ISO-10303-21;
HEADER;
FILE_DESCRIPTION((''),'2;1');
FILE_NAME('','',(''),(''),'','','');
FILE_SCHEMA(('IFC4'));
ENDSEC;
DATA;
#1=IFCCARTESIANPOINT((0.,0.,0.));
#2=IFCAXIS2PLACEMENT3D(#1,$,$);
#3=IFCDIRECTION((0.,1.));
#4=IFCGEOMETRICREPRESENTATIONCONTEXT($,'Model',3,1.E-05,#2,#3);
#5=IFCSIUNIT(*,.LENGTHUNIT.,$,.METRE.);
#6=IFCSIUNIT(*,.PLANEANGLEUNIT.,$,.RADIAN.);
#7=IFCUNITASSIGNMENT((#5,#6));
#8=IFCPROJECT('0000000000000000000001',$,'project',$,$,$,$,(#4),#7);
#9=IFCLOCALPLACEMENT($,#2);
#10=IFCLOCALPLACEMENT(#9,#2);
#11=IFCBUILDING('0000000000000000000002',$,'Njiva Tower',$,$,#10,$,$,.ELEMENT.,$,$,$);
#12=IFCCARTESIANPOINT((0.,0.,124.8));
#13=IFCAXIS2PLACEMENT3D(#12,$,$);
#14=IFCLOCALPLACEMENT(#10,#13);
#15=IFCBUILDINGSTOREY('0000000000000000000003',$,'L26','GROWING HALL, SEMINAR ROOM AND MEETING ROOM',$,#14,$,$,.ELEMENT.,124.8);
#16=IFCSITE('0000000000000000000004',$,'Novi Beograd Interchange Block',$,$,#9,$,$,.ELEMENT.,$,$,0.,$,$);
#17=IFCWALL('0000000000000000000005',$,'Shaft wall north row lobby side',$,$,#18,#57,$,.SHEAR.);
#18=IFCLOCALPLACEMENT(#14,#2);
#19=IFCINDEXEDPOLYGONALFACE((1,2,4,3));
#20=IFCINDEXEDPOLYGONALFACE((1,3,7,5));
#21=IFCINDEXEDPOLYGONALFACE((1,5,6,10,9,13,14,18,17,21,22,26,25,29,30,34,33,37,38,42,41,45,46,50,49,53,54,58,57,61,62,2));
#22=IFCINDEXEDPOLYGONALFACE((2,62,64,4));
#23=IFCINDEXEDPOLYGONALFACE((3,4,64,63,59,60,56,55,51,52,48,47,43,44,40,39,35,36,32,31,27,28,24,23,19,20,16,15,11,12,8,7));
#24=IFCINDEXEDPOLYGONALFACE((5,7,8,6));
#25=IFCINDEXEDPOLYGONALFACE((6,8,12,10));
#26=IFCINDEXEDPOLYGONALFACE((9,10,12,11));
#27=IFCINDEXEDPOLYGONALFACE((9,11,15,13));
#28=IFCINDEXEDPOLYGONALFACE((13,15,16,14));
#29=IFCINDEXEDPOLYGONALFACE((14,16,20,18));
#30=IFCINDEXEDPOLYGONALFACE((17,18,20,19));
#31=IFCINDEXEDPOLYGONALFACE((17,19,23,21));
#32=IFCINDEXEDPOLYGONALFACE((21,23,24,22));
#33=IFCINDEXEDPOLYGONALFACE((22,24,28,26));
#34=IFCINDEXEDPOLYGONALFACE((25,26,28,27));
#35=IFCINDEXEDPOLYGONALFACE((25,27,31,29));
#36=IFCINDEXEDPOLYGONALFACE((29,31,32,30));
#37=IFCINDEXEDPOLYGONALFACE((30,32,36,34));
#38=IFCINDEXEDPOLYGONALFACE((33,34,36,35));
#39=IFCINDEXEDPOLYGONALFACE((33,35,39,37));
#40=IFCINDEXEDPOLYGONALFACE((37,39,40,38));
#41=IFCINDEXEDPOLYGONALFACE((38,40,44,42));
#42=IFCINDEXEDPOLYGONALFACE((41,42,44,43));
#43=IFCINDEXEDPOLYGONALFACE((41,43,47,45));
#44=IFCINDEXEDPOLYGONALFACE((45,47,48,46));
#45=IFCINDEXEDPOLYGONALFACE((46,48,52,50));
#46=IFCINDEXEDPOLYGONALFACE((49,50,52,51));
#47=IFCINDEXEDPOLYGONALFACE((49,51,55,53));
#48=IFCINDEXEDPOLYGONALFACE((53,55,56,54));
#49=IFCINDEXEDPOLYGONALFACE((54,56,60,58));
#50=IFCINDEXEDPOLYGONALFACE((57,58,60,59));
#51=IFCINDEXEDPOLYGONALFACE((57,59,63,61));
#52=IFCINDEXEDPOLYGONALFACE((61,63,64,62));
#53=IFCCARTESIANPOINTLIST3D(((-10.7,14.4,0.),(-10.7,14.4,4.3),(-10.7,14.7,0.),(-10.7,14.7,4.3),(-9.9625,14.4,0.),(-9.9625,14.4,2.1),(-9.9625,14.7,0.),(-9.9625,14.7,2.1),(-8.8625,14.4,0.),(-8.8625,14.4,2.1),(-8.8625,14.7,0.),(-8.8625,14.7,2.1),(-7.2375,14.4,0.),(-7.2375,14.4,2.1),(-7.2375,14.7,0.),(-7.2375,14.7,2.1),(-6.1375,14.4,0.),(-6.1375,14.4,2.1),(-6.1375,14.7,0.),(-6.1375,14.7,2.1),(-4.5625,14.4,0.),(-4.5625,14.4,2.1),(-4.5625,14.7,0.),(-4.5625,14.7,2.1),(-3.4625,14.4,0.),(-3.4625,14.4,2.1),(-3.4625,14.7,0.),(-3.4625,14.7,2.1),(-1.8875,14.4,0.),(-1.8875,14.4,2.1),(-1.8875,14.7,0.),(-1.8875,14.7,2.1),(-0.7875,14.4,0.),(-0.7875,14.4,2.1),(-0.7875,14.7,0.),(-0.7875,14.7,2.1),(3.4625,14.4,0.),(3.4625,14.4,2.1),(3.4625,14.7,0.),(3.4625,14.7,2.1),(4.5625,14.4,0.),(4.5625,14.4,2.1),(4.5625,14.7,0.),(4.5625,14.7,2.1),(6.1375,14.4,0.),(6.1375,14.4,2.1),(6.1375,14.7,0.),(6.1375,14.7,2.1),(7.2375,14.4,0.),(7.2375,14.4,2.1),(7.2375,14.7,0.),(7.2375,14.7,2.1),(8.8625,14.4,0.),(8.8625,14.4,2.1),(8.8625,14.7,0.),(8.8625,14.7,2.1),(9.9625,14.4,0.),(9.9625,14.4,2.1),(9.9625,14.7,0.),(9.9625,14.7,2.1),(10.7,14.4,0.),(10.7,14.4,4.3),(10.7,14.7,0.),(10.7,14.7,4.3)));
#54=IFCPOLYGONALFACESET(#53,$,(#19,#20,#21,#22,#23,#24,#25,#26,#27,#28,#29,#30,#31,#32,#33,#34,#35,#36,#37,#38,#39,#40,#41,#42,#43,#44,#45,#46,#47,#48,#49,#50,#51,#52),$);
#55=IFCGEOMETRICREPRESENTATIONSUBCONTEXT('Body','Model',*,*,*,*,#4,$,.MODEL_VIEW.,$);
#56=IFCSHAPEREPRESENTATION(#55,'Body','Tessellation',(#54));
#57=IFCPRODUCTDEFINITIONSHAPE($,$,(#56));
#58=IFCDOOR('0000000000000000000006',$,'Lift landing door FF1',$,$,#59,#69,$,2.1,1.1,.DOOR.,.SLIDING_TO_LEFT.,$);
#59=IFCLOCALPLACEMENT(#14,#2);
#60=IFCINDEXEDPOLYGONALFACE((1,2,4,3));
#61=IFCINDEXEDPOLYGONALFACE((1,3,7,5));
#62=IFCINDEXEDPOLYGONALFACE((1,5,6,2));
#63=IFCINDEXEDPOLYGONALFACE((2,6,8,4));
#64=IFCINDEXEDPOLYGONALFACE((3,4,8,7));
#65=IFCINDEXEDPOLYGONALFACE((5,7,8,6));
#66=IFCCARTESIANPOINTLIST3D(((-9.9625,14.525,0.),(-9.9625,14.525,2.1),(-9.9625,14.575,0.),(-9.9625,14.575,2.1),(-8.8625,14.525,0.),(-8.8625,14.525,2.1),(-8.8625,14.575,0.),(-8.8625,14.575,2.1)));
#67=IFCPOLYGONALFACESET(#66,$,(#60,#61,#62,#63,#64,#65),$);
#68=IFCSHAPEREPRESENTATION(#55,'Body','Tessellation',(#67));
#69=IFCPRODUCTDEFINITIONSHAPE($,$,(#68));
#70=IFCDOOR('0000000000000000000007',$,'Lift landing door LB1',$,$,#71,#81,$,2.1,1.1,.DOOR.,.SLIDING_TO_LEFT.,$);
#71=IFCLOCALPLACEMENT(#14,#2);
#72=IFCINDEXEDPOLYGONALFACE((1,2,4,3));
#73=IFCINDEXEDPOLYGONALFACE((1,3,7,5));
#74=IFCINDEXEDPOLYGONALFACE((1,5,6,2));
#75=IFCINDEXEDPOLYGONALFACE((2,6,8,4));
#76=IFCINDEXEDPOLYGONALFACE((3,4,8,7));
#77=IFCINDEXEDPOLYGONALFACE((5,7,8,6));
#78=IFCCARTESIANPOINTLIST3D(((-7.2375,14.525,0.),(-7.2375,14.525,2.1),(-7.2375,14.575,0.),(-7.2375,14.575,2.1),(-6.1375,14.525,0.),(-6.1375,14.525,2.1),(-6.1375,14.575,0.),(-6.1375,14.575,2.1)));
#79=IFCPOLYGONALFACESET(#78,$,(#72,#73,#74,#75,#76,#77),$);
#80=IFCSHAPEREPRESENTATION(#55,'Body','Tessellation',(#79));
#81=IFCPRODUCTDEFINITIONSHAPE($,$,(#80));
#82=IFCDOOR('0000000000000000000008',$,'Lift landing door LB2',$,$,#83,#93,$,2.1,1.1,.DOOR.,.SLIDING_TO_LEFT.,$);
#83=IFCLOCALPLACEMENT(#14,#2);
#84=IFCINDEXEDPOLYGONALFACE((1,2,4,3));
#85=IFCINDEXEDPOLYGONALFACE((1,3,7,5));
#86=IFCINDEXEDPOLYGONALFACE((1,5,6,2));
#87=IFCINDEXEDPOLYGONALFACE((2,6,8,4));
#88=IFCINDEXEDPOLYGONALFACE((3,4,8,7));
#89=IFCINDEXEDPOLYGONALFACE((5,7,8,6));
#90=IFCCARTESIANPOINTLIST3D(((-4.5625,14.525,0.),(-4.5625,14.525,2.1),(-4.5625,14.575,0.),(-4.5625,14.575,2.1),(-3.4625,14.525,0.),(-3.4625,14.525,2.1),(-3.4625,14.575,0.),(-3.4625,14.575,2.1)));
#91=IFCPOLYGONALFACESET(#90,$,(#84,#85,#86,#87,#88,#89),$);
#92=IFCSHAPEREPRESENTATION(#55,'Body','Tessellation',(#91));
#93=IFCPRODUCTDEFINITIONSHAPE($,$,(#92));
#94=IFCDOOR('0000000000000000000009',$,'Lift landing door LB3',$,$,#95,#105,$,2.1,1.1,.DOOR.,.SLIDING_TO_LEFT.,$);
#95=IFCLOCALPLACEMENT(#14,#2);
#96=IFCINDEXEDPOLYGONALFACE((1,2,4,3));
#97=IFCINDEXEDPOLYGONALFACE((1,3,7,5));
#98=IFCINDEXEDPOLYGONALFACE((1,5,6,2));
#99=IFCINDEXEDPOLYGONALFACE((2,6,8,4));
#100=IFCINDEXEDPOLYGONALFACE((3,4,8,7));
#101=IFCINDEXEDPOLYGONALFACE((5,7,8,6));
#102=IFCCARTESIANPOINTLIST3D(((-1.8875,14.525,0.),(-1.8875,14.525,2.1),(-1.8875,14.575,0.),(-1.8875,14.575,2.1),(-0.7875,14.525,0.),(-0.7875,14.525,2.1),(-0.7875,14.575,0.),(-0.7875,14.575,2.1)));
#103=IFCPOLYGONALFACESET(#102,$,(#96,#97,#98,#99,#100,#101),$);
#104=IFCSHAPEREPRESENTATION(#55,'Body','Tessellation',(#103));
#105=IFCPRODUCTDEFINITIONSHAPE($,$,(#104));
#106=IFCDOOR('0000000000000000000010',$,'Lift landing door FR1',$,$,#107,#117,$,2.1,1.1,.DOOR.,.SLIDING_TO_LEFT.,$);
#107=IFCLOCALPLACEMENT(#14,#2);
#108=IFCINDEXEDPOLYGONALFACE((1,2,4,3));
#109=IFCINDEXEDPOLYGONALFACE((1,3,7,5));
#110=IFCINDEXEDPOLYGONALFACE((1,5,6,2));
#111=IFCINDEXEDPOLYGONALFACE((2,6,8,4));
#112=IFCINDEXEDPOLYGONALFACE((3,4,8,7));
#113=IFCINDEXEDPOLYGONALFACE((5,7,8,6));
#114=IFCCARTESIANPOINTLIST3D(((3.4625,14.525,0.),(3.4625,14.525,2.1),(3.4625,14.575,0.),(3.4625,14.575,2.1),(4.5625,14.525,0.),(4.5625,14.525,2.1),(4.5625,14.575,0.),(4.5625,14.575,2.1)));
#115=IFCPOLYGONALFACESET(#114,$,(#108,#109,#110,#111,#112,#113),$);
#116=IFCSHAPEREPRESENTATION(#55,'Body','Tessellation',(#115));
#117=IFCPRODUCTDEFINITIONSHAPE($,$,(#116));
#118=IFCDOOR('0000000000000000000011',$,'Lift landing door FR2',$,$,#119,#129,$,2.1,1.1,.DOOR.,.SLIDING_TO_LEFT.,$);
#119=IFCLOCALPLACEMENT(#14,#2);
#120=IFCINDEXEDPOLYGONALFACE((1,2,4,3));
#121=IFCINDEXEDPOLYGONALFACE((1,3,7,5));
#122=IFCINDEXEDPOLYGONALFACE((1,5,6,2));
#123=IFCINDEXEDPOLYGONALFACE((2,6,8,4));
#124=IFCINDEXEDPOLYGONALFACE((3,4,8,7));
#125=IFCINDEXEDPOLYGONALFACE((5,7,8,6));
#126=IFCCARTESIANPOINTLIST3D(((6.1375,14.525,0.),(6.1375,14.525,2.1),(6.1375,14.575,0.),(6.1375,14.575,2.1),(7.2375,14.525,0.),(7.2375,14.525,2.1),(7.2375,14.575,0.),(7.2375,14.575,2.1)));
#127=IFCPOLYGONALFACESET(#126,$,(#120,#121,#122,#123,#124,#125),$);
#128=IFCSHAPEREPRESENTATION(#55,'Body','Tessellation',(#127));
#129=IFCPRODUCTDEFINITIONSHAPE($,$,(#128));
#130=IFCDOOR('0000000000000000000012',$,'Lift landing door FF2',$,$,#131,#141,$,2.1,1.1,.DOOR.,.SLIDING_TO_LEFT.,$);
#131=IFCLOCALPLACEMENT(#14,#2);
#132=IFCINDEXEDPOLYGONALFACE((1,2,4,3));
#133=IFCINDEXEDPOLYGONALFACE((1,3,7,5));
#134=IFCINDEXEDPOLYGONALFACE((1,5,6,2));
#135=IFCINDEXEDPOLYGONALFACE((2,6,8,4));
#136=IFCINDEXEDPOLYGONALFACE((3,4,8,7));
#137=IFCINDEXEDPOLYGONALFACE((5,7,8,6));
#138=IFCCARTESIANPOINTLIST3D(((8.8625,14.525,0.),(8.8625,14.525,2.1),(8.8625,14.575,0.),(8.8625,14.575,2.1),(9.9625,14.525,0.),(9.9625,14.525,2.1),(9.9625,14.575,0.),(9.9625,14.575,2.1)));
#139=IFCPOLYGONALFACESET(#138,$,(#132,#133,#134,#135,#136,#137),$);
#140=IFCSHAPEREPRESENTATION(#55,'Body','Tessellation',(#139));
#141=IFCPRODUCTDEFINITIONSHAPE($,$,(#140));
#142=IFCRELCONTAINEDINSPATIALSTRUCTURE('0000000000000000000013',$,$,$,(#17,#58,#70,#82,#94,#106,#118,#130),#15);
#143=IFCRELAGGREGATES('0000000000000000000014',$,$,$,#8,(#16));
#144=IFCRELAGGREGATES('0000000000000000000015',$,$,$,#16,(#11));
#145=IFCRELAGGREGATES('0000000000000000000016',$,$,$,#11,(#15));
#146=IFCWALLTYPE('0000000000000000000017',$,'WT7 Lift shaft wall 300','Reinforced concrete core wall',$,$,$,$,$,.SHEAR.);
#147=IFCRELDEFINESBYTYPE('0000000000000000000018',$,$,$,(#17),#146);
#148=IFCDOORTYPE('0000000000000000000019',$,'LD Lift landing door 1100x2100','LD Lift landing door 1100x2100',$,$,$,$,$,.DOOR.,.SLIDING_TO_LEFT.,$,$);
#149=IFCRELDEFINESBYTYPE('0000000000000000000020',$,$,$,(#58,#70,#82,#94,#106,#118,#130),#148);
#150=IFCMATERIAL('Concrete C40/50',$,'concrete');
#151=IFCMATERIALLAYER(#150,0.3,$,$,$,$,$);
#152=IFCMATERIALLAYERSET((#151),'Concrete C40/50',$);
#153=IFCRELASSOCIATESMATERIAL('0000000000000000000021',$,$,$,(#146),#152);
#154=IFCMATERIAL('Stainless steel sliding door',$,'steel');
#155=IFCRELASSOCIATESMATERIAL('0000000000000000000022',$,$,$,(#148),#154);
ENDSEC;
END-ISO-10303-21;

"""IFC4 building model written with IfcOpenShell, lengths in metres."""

from ifc_helpers import new_model, si_unit, direction, frame, frame_2d, origin, place, context, subcontext, project, spatial, rectangle, extrude, material, layer, layer_set, type_object, element, fill, save


model = new_model("IFC4")

# Units and contexts
model_context = context("Model", 3, precision=1e-05, world=origin(), true_north=direction((0.0, 1.0)))
body_context = subcontext(model_context, "Body", "Model", "MODEL_VIEW")
ifc_project = project(units=[si_unit("LENGTHUNIT", "METRE"), si_unit("PLANEANGLEUNIT", "RADIAN")], contexts=[model_context])

# Site, building, storey
site_placement = place(None, origin())
site = spatial("IfcSite", under=ifc_project, at=site_placement, Name="Novi Beograd Interchange Block", CompositionType="ELEMENT", RefElevation=0.0)
building_placement = place(site_placement, origin())
building = spatial("IfcBuilding", under=site, at=building_placement, Name="Njiva Tower", CompositionType="ELEMENT")
storey_placement = place(building_placement, frame((0.0, 0.0, 124.8)))
storey = spatial("IfcBuildingStorey", under=building, at=storey_placement, Name="L26", Description="GROWING HALL, SEMINAR ROOM AND MEETING ROOM", CompositionType="ELEMENT", Elevation=124.8)

# Shared definitions
ifc_material_1 = material(Name="Concrete C40/50", Category="concrete")

# Wall, openings, doors
ifc_layer_1 = layer(ifc_material_1, 0.3)
ifc_layer_set_1 = layer_set([ifc_layer_1], Name="Concrete C40/50")
wall_type_1 = type_object("IfcWallType", Name="WT7 Lift shaft wall 300", Description="Reinforced concrete core wall", PredefinedType="SHEAR", material=ifc_layer_set_1)
wall_1_placement = place(storey_placement, frame((-10.7, 14.55, 0.0), z_axis=(0.0, 0.0, 1.0), x_axis=(1.0, 0.0, 0.0)))
wall_1 = element("IfcWall", 1, at=wall_1_placement, inside=storey, type_object=wall_type_1, Name="Shaft wall north row lobby side", PredefinedType="SHEAR", context=body_context, shape_type="SweptSolid", body=[
    extrude(rectangle(XDim=21.4, YDim=0.3, at=frame_2d((10.7, 0.0))), origin(), (0.0, 0.0, 1.0), 4.3),
])
opening_1_placement = place(wall_1_placement, frame((0.7375, 0.0, 0.0)))
opening_1 = element("IfcOpeningElement", 2, at=opening_1_placement, cuts=wall_1, PredefinedType="OPENING", context=body_context, shape_type="SweptSolid", body=[
    extrude(rectangle(XDim=1.1, YDim=2.1, at=frame_2d((0.55, 1.05))), frame((0.0, 0.16, 0.0), z_axis=(0.0, -1.0, 0.0), x_axis=(1.0, 0.0, 0.0)), (0.0, 0.0, 1.0), 0.32),
])
opening_2_placement = place(wall_1_placement, frame((3.4625, 0.0, 0.0)))
opening_2 = element("IfcOpeningElement", 3, at=opening_2_placement, cuts=wall_1, PredefinedType="OPENING", context=body_context, shape_type="SweptSolid", body=[
    extrude(rectangle(XDim=1.1, YDim=2.1, at=frame_2d((0.55, 1.05))), frame((0.0, 0.16, 0.0), z_axis=(0.0, -1.0, 0.0), x_axis=(1.0, 0.0, 0.0)), (0.0, 0.0, 1.0), 0.32),
])
opening_3_placement = place(wall_1_placement, frame((6.1375, 0.0, 0.0)))
opening_3 = element("IfcOpeningElement", 4, at=opening_3_placement, cuts=wall_1, PredefinedType="OPENING", context=body_context, shape_type="SweptSolid", body=[
    extrude(rectangle(XDim=1.1, YDim=2.1, at=frame_2d((0.55, 1.05))), frame((0.0, 0.16, 0.0), z_axis=(0.0, -1.0, 0.0), x_axis=(1.0, 0.0, 0.0)), (0.0, 0.0, 1.0), 0.32),
])
opening_4_placement = place(wall_1_placement, frame((8.8125, 0.0, 0.0)))
opening_4 = element("IfcOpeningElement", 5, at=opening_4_placement, cuts=wall_1, PredefinedType="OPENING", context=body_context, shape_type="SweptSolid", body=[
    extrude(rectangle(XDim=1.1, YDim=2.1, at=frame_2d((0.55, 1.05))), frame((0.0, 0.16, 0.0), z_axis=(0.0, -1.0, 0.0), x_axis=(1.0, 0.0, 0.0)), (0.0, 0.0, 1.0), 0.32),
])
opening_5_placement = place(wall_1_placement, frame((14.1625, 0.0, 0.0)))
opening_5 = element("IfcOpeningElement", 6, at=opening_5_placement, cuts=wall_1, PredefinedType="OPENING", context=body_context, shape_type="SweptSolid", body=[
    extrude(rectangle(XDim=1.1, YDim=2.1, at=frame_2d((0.55, 1.05))), frame((0.0, 0.16, 0.0), z_axis=(0.0, -1.0, 0.0), x_axis=(1.0, 0.0, 0.0)), (0.0, 0.0, 1.0), 0.32),
])
opening_6_placement = place(wall_1_placement, frame((16.8375, 0.0, 0.0)))
opening_6 = element("IfcOpeningElement", 7, at=opening_6_placement, cuts=wall_1, PredefinedType="OPENING", context=body_context, shape_type="SweptSolid", body=[
    extrude(rectangle(XDim=1.1, YDim=2.1, at=frame_2d((0.55, 1.05))), frame((0.0, 0.16, 0.0), z_axis=(0.0, -1.0, 0.0), x_axis=(1.0, 0.0, 0.0)), (0.0, 0.0, 1.0), 0.32),
])
opening_7_placement = place(wall_1_placement, frame((19.5625, 0.0, 0.0)))
opening_7 = element("IfcOpeningElement", 8, at=opening_7_placement, cuts=wall_1, PredefinedType="OPENING", context=body_context, shape_type="SweptSolid", body=[
    extrude(rectangle(XDim=1.1, YDim=2.1, at=frame_2d((0.55, 1.05))), frame((0.0, 0.16, 0.0), z_axis=(0.0, -1.0, 0.0), x_axis=(1.0, 0.0, 0.0)), (0.0, 0.0, 1.0), 0.32),
])
ifc_material_2 = material(Name="Stainless steel sliding door", Category="steel")
door_type_1 = type_object("IfcDoorType", Name="LD Lift landing door 1100x2100", Description="LD Lift landing door 1100x2100", OperationType="SLIDING_TO_LEFT", PredefinedType="DOOR", material=ifc_material_2)
door_1_placement = place(opening_1_placement, origin())
door_1 = element("IfcDoor", 9, at=door_1_placement, inside=storey, type_object=door_type_1, Name="Lift landing door FF1", OperationType="SLIDING_TO_LEFT", OverallHeight=2.1, OverallWidth=1.1, PredefinedType="DOOR", context=body_context, shape_type="SweptSolid", body=[
    extrude(rectangle(XDim=1.1, YDim=2.1, at=frame_2d((0.55, 1.05))), frame((0.0, 0.025, 0.0), z_axis=(0.0, -1.0, 0.0), x_axis=(1.0, 0.0, 0.0)), (0.0, 0.0, 1.0), 0.05),
])
fill(opening_1, door_1)
door_2_placement = place(opening_2_placement, origin())
door_2 = element("IfcDoor", 10, at=door_2_placement, inside=storey, type_object=door_type_1, Name="Lift landing door LB1", OperationType="SLIDING_TO_LEFT", OverallHeight=2.1, OverallWidth=1.1, PredefinedType="DOOR", context=body_context, shape_type="SweptSolid", body=[
    extrude(rectangle(XDim=1.1, YDim=2.1, at=frame_2d((0.55, 1.05))), frame((0.0, 0.025, 0.0), z_axis=(0.0, -1.0, 0.0), x_axis=(1.0, 0.0, 0.0)), (0.0, 0.0, 1.0), 0.05),
])
fill(opening_2, door_2)
door_3_placement = place(opening_3_placement, origin())
door_3 = element("IfcDoor", 11, at=door_3_placement, inside=storey, type_object=door_type_1, Name="Lift landing door LB2", OperationType="SLIDING_TO_LEFT", OverallHeight=2.1, OverallWidth=1.1, PredefinedType="DOOR", context=body_context, shape_type="SweptSolid", body=[
    extrude(rectangle(XDim=1.1, YDim=2.1, at=frame_2d((0.55, 1.05))), frame((0.0, 0.025, 0.0), z_axis=(0.0, -1.0, 0.0), x_axis=(1.0, 0.0, 0.0)), (0.0, 0.0, 1.0), 0.05),
])
fill(opening_3, door_3)
door_4_placement = place(opening_4_placement, origin())
door_4 = element("IfcDoor", 12, at=door_4_placement, inside=storey, type_object=door_type_1, Name="Lift landing door LB3", OperationType="SLIDING_TO_LEFT", OverallHeight=2.1, OverallWidth=1.1, PredefinedType="DOOR", context=body_context, shape_type="SweptSolid", body=[
    extrude(rectangle(XDim=1.1, YDim=2.1, at=frame_2d((0.55, 1.05))), frame((0.0, 0.025, 0.0), z_axis=(0.0, -1.0, 0.0), x_axis=(1.0, 0.0, 0.0)), (0.0, 0.0, 1.0), 0.05),
])
fill(opening_4, door_4)
door_5_placement = place(opening_5_placement, origin())
door_5 = element("IfcDoor", 13, at=door_5_placement, inside=storey, type_object=door_type_1, Name="Lift landing door FR1", OperationType="SLIDING_TO_LEFT", OverallHeight=2.1, OverallWidth=1.1, PredefinedType="DOOR", context=body_context, shape_type="SweptSolid", body=[
    extrude(rectangle(XDim=1.1, YDim=2.1, at=frame_2d((0.55, 1.05))), frame((0.0, 0.025, 0.0), z_axis=(0.0, -1.0, 0.0), x_axis=(1.0, 0.0, 0.0)), (0.0, 0.0, 1.0), 0.05),
])
fill(opening_5, door_5)
door_6_placement = place(opening_6_placement, origin())
door_6 = element("IfcDoor", 14, at=door_6_placement, inside=storey, type_object=door_type_1, Name="Lift landing door FR2", OperationType="SLIDING_TO_LEFT", OverallHeight=2.1, OverallWidth=1.1, PredefinedType="DOOR", context=body_context, shape_type="SweptSolid", body=[
    extrude(rectangle(XDim=1.1, YDim=2.1, at=frame_2d((0.55, 1.05))), frame((0.0, 0.025, 0.0), z_axis=(0.0, -1.0, 0.0), x_axis=(1.0, 0.0, 0.0)), (0.0, 0.0, 1.0), 0.05),
])
fill(opening_6, door_6)
door_7_placement = place(opening_7_placement, origin())
door_7 = element("IfcDoor", 15, at=door_7_placement, inside=storey, type_object=door_type_1, Name="Lift landing door FF2", OperationType="SLIDING_TO_LEFT", OverallHeight=2.1, OverallWidth=1.1, PredefinedType="DOOR", context=body_context, shape_type="SweptSolid", body=[
    extrude(rectangle(XDim=1.1, YDim=2.1, at=frame_2d((0.55, 1.05))), frame((0.0, 0.025, 0.0), z_axis=(0.0, -1.0, 0.0), x_axis=(1.0, 0.0, 0.0)), (0.0, 0.0, 1.0), 0.05),
])
fill(opening_7, door_7)

save(model, "model.ifc")
